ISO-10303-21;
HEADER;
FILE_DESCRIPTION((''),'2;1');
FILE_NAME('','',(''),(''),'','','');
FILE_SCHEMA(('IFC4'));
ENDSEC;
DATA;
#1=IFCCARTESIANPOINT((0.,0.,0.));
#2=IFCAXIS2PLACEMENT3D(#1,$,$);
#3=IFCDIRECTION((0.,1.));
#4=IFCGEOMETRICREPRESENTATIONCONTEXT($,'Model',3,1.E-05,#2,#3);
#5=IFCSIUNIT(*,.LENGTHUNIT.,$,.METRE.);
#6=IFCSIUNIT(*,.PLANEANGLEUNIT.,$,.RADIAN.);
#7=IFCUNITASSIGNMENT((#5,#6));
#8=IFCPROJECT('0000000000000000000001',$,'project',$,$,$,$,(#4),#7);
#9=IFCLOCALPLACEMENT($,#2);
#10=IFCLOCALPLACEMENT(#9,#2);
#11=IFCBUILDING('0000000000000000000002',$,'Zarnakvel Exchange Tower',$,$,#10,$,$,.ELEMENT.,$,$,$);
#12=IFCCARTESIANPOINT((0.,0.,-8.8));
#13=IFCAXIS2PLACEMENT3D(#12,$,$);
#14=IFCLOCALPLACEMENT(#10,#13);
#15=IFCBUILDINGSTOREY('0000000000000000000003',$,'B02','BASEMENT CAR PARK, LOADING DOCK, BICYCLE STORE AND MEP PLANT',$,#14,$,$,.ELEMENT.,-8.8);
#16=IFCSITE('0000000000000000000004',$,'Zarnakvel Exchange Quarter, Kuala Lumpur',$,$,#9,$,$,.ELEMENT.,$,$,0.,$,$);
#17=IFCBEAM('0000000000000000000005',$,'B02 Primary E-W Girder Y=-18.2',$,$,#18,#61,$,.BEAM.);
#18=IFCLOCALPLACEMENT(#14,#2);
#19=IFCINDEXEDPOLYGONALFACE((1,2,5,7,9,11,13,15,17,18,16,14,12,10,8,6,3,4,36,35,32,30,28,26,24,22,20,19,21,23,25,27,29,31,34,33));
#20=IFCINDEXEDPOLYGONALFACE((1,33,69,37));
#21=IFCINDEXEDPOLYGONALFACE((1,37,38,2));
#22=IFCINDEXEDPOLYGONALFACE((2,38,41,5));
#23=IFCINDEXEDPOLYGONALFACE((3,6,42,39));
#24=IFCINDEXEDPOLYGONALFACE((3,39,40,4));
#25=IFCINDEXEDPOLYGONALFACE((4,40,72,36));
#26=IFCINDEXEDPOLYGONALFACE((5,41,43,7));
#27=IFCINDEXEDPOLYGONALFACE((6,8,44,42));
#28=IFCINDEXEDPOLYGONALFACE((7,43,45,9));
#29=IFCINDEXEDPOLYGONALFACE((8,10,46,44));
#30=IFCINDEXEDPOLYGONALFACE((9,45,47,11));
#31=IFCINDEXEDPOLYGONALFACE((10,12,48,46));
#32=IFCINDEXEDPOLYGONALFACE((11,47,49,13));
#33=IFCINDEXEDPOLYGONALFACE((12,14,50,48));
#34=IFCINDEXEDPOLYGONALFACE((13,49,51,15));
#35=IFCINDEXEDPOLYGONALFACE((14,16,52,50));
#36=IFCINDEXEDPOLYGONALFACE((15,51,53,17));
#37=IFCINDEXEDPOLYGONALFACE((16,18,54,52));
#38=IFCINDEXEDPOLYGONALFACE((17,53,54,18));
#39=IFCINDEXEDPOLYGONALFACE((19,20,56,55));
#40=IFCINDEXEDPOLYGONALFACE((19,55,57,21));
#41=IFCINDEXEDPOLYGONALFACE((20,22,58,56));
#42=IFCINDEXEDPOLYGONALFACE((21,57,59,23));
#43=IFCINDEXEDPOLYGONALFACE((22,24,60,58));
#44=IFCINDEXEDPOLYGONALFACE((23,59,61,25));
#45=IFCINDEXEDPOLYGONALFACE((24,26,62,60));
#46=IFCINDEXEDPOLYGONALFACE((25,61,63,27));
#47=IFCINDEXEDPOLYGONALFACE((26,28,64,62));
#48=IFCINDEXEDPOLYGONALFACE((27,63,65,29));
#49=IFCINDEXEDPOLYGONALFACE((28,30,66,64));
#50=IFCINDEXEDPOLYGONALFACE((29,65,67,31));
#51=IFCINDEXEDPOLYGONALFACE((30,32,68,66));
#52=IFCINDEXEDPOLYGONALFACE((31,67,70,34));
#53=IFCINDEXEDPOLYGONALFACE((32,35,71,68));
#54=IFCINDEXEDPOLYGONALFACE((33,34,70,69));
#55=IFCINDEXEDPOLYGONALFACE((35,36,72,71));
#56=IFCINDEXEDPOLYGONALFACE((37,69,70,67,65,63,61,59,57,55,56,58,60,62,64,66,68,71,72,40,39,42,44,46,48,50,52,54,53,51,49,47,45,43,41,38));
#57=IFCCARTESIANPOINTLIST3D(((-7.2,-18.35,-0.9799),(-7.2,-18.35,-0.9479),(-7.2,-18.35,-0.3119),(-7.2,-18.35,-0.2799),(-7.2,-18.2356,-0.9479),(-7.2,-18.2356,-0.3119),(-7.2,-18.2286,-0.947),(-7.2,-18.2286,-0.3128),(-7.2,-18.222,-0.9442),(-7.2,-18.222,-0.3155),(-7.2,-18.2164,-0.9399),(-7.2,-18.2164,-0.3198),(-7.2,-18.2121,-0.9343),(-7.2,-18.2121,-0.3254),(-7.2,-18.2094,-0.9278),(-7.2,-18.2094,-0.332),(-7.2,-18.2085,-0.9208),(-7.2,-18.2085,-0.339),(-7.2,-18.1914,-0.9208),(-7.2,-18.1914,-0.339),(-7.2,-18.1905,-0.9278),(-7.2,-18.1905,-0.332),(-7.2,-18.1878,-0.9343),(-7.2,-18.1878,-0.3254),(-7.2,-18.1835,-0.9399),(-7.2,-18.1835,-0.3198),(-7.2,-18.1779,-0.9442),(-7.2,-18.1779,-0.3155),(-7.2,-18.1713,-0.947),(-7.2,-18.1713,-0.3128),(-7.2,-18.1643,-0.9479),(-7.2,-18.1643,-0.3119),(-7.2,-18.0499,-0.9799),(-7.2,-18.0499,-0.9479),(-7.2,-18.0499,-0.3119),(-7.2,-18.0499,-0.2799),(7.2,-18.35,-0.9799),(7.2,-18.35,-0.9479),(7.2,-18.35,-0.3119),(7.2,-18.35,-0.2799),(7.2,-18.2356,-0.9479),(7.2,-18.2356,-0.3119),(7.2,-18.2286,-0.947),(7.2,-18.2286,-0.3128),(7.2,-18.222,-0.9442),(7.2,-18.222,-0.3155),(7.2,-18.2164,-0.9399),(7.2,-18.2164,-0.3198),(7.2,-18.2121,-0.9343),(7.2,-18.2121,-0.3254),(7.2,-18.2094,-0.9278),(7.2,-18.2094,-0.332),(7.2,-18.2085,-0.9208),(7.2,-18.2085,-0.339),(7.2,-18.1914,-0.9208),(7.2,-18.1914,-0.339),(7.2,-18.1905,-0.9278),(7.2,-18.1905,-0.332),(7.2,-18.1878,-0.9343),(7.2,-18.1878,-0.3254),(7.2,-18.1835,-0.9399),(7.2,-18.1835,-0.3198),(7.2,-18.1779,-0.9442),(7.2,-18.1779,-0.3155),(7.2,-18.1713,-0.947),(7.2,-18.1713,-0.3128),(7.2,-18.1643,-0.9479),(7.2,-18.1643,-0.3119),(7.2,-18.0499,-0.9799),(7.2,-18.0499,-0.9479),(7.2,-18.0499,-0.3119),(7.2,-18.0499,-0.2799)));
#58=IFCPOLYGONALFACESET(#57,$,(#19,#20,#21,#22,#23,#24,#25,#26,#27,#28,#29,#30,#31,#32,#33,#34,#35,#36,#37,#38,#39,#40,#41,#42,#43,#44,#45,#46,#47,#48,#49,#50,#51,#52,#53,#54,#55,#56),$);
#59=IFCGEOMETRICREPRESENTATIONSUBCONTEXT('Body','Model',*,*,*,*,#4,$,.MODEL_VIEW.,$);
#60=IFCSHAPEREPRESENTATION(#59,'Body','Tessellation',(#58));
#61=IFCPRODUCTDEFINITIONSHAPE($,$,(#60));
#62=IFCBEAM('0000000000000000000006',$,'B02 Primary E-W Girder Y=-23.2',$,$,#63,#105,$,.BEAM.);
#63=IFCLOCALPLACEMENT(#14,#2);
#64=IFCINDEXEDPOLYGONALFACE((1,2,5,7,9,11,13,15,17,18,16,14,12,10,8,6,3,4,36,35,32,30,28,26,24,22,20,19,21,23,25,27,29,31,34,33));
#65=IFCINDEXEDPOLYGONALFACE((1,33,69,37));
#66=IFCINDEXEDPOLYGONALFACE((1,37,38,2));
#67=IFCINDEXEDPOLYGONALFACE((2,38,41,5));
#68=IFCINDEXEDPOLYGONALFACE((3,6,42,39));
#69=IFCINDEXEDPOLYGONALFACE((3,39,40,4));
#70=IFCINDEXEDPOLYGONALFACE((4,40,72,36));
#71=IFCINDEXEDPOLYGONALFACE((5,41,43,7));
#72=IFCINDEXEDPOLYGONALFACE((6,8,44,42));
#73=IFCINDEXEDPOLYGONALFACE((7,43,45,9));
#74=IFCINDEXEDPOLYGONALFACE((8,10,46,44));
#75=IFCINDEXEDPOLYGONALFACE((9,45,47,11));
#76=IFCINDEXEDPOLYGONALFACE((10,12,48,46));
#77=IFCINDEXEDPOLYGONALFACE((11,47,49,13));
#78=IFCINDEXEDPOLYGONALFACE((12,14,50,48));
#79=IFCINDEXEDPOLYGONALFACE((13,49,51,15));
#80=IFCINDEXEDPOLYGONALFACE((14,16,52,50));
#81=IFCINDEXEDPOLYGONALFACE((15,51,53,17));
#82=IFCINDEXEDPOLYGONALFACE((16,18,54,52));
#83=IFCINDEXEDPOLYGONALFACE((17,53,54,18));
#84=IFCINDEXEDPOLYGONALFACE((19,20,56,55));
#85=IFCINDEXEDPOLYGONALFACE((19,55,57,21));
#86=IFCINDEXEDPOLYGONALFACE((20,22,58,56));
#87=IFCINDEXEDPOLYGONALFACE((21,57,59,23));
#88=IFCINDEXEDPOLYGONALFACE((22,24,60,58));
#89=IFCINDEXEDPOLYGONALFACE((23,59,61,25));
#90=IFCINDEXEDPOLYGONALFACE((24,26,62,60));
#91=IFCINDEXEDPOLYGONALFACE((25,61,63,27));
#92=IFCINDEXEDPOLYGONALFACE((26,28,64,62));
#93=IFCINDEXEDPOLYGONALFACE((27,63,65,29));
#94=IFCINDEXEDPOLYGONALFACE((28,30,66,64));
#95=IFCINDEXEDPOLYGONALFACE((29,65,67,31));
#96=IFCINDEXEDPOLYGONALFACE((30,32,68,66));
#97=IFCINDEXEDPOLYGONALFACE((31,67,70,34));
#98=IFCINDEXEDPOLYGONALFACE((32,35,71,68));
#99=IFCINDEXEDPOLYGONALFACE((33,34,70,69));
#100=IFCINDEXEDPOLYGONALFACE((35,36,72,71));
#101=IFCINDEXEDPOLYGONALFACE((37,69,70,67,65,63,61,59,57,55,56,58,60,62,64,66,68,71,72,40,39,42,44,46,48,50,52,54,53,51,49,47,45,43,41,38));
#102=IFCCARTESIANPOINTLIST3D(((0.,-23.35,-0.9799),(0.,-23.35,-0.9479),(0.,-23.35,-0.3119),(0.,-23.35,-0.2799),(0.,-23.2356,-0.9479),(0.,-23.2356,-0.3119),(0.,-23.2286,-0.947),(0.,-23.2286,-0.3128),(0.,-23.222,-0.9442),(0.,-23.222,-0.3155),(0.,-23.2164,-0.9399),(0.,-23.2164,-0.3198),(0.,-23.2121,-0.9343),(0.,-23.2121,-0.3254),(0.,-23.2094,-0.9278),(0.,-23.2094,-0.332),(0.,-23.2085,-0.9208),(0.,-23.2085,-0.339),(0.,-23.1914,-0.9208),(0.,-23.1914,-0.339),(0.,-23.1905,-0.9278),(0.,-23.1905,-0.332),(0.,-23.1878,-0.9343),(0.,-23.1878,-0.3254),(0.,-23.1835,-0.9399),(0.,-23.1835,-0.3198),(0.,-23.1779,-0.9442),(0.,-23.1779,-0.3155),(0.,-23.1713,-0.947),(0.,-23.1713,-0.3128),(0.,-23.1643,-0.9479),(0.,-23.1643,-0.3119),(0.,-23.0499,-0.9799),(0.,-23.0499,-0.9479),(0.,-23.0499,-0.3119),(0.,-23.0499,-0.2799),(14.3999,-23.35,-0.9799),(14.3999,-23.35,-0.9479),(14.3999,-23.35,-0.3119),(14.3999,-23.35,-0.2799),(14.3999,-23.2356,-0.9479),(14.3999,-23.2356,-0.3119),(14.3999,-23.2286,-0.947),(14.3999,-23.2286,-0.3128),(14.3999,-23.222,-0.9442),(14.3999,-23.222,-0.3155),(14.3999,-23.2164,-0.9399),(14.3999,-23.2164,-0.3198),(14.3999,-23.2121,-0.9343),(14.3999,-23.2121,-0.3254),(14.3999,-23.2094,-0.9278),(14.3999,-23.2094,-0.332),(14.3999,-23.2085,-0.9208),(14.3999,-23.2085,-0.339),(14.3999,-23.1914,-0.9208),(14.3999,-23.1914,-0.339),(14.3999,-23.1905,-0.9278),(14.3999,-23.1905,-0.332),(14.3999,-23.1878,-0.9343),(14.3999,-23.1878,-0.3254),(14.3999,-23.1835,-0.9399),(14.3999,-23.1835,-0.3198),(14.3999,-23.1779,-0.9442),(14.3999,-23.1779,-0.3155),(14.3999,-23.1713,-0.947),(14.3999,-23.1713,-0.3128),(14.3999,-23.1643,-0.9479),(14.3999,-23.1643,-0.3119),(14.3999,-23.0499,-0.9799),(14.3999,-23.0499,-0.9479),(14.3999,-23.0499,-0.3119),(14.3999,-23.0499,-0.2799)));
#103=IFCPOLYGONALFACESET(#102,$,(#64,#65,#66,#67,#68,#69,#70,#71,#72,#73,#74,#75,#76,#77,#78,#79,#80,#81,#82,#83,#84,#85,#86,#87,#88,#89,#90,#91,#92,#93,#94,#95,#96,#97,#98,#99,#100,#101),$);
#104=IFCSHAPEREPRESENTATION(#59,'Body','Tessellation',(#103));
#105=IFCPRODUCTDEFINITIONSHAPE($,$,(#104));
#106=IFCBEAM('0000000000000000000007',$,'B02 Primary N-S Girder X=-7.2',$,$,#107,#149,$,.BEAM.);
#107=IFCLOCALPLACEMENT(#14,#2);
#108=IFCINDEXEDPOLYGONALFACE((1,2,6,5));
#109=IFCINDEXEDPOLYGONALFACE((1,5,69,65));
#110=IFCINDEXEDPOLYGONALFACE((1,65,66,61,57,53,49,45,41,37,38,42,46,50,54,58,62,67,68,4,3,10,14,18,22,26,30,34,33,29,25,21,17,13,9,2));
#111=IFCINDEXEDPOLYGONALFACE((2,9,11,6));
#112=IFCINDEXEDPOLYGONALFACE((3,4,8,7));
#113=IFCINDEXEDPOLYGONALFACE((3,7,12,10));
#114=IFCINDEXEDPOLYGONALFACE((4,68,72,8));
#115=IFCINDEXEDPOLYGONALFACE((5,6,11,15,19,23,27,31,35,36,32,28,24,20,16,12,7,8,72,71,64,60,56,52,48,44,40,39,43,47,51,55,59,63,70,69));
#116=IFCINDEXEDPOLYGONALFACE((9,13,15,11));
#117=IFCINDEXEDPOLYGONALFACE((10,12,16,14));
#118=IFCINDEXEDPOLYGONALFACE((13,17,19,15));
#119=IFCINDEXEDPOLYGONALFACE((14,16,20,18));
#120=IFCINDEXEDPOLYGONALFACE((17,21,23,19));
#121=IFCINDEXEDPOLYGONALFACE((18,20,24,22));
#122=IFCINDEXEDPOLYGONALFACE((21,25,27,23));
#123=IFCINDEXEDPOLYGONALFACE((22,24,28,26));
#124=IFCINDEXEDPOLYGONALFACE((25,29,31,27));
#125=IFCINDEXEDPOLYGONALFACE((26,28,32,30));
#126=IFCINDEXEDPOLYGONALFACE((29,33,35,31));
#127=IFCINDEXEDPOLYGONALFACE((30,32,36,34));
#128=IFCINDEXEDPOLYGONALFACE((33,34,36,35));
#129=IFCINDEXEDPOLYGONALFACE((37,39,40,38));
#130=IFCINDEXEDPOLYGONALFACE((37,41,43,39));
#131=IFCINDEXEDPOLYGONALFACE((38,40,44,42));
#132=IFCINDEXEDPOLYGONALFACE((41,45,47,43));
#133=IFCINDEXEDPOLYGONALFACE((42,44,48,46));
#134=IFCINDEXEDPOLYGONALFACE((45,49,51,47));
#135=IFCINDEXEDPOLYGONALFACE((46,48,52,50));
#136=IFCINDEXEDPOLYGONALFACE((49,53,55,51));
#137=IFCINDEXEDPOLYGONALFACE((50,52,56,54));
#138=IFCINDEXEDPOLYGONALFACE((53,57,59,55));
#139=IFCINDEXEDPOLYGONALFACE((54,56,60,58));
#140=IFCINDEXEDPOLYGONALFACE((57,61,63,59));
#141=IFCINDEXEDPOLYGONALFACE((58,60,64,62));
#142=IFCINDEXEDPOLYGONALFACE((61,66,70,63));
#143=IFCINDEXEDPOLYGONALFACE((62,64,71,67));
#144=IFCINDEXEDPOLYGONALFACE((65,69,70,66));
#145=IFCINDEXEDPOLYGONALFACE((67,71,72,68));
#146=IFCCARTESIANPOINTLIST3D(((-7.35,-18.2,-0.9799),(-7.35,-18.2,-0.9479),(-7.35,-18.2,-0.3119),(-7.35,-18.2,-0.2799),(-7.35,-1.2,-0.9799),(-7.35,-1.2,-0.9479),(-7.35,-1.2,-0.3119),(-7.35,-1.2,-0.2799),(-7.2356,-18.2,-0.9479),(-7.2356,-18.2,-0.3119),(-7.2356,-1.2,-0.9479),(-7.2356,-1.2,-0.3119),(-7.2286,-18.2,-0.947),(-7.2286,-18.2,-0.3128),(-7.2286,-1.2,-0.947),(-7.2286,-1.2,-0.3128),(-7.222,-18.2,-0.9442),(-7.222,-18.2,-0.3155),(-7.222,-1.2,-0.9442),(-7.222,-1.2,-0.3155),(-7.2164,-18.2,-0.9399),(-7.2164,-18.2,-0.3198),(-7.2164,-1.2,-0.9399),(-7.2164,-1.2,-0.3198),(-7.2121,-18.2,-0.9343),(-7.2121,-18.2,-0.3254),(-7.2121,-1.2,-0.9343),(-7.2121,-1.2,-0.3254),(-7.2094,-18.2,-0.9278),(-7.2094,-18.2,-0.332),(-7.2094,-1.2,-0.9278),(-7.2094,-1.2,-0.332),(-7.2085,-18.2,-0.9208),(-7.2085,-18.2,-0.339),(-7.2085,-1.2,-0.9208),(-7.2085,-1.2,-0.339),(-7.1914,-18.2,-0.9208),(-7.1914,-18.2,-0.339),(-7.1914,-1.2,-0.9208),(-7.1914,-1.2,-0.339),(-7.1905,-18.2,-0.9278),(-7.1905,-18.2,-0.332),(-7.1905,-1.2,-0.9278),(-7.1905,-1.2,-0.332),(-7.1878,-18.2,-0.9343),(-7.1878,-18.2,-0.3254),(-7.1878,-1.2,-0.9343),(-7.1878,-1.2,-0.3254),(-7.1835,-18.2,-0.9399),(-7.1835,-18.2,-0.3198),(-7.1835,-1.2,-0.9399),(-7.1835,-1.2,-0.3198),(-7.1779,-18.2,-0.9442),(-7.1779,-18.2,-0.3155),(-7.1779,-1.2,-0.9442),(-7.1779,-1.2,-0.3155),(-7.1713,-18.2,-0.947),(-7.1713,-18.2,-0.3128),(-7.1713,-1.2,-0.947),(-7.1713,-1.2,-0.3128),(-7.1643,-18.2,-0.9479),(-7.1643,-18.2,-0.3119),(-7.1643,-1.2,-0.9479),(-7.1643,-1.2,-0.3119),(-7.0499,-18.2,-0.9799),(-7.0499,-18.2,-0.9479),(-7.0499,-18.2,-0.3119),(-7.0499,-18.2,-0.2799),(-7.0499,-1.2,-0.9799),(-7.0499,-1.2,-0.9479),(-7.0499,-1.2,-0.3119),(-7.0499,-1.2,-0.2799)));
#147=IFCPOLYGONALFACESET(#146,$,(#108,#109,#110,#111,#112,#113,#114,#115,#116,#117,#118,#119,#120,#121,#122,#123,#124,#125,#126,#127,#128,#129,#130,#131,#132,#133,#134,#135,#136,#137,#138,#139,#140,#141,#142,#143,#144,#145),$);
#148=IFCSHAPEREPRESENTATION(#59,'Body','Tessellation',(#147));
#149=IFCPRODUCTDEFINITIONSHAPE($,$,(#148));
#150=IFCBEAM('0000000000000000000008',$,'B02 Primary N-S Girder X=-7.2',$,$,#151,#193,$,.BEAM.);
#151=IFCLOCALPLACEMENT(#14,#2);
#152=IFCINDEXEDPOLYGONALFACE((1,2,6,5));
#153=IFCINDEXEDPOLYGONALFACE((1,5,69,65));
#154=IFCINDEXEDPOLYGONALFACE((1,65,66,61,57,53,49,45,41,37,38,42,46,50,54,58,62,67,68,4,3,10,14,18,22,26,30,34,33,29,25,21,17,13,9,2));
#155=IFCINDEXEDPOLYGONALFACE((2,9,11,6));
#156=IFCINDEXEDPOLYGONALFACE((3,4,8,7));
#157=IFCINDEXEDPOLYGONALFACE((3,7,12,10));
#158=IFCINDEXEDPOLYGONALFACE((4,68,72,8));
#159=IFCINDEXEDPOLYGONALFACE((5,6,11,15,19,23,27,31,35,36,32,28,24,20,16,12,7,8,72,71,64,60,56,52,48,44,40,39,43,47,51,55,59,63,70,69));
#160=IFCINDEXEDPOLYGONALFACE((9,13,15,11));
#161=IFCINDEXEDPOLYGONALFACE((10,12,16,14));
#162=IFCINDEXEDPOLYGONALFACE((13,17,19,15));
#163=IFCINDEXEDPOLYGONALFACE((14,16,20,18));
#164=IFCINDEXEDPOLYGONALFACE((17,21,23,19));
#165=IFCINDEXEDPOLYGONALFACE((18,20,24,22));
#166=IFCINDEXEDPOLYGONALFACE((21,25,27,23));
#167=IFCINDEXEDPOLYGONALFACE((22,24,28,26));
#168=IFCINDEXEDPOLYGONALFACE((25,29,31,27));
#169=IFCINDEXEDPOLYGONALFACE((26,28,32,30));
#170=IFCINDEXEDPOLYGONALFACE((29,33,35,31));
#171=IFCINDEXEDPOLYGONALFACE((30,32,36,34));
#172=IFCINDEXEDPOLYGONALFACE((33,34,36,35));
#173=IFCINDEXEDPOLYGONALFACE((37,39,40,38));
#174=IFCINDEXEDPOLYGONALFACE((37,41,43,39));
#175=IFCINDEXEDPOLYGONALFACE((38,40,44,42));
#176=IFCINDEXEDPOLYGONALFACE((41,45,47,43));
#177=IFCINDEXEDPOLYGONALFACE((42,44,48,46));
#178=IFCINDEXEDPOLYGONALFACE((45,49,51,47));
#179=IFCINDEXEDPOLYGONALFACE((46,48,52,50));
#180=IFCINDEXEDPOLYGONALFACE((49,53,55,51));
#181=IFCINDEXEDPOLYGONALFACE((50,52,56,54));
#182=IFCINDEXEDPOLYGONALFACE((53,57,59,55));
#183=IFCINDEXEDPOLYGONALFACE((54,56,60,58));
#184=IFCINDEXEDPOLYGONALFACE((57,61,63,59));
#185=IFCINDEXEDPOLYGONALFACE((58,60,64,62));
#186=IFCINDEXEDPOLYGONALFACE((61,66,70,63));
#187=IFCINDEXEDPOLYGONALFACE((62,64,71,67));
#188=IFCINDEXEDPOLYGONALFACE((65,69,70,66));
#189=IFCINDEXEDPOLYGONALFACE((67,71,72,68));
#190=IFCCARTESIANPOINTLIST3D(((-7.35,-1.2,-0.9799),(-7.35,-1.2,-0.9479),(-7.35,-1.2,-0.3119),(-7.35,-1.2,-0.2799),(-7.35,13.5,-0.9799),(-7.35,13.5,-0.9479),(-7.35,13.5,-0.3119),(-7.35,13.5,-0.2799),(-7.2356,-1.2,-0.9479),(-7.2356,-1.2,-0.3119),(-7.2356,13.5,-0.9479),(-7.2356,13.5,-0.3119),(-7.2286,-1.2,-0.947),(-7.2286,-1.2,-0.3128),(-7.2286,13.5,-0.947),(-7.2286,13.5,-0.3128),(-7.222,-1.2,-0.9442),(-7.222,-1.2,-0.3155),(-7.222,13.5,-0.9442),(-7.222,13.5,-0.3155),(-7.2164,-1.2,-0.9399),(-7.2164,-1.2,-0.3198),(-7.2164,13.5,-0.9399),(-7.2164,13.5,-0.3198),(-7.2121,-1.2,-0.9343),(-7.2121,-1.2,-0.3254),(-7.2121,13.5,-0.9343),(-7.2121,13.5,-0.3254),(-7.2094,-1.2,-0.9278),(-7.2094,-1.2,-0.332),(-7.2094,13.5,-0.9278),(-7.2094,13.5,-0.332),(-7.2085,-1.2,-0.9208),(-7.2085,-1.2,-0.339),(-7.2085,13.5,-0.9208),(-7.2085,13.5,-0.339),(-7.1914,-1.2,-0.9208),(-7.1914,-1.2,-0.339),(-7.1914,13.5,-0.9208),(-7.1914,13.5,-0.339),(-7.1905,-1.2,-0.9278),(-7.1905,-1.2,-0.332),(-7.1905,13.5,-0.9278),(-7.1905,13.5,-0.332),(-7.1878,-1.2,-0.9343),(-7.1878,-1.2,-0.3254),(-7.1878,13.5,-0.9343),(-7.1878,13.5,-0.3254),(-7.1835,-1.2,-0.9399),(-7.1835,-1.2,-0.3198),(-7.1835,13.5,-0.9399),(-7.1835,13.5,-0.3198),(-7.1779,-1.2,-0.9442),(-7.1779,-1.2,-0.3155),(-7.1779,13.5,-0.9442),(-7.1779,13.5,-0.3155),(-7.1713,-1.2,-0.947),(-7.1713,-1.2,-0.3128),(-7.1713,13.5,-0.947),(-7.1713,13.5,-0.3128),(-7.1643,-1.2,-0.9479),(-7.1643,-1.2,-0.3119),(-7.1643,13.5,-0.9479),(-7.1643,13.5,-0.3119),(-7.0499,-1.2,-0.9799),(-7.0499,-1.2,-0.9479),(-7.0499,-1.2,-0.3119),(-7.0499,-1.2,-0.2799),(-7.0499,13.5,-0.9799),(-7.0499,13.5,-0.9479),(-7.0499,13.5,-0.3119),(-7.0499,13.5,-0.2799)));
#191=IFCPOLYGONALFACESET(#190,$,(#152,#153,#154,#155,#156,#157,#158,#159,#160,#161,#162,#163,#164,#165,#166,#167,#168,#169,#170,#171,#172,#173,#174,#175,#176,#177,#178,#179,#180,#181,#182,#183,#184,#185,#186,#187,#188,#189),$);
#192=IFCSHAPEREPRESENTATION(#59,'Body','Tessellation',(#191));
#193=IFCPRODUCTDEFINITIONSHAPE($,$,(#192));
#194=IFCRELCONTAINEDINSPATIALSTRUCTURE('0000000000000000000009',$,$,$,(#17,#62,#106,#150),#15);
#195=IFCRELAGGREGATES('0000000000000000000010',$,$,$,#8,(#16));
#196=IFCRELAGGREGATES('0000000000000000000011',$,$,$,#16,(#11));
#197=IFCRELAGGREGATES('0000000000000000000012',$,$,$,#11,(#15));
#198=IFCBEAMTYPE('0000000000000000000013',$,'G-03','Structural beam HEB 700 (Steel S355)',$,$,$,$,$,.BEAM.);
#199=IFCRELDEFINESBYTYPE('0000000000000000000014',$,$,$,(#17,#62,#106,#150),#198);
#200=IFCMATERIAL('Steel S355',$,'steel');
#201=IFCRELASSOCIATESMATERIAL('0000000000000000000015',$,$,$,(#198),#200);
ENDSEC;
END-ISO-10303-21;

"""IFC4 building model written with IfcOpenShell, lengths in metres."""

from ifc_helpers import new_model, si_unit, direction, frame, origin, origin_2d, place, context, subcontext, project, spatial, i_section, extrude, material, material_profile, profile_set, type_object, element, save


model = new_model("IFC4")

# Units and contexts
model_context = context("Model", 3, precision=1e-05, world=origin(), true_north=direction((0.0, 1.0)))
body_context = subcontext(model_context, "Body", "Model", "MODEL_VIEW")
ifc_project = project(units=[si_unit("LENGTHUNIT", "METRE"), si_unit("PLANEANGLEUNIT", "RADIAN")], contexts=[model_context])

# Site, building, storey
site_placement = place(None, origin())
site = spatial("IfcSite", under=ifc_project, at=site_placement, Name="Zarnakvel Exchange Quarter, Kuala Lumpur", CompositionType="ELEMENT", RefElevation=0.0)
building_placement = place(site_placement, origin())
building = spatial("IfcBuilding", under=site, at=building_placement, Name="Zarnakvel Exchange Tower", CompositionType="ELEMENT")
storey_placement = place(building_placement, frame((0.0, 0.0, -8.8)))
storey = spatial("IfcBuildingStorey", under=building, at=storey_placement, Name="B02", Description="BASEMENT CAR PARK, LOADING DOCK, BICYCLE STORE AND MEP PLANT", CompositionType="ELEMENT", Elevation=-8.8)

# Beams
ifc_material_1 = material(Name="Steel S355", Category="steel")
ifc_material_profile_1 = material_profile(ifc_material_1, i_section(OverallWidth=0.3, OverallDepth=0.7, WebThickness=0.0171, FlangeThickness=0.032, FilletRadius=0.0271, at=origin_2d()))
ifc_profile_set_1 = profile_set([ifc_material_profile_1], Name="Steel S355")
beam_type_1 = type_object("IfcBeamType", Name="G-03", Description="Structural beam HEB 700 (Steel S355)", PredefinedType="BEAM", material=ifc_profile_set_1)
for number, where, z_axis, x_axis, name in (
    (1, (-7.2, -18.2, -0.6299), (1.0, 0.0, 0.0), (0.0, 1.0, 0.0), "B02 Primary E-W Girder Y=-18.2"),
    (2, (0.0, -23.2, -0.6299), (1.0, 0.0, 0.0), (0.0, 1.0, 0.0), "B02 Primary E-W Girder Y=-23.2"),
):
    element("IfcBeam", number, at=place(storey_placement, frame(where, z_axis=z_axis, x_axis=x_axis)), inside=storey, type_object=beam_type_1, Name=name, PredefinedType="BEAM", context=body_context, shape_type="SweptSolid", body=[
        extrude(i_section(OverallWidth=0.3, OverallDepth=0.7, WebThickness=0.0171, FlangeThickness=0.032, FilletRadius=0.0271, at=origin_2d()), origin(), (0.0, 0.0, 1.0), 14.3999),
    ])
beam_1_placement = place(storey_placement, frame((-7.2, -18.2, -0.6299), z_axis=(0.0, 1.0, 0.0), x_axis=(-1.0, 0.0, 0.0)))
element("IfcBeam", 3, at=beam_1_placement, inside=storey, type_object=beam_type_1, Name="B02 Primary N-S Girder X=-7.2", PredefinedType="BEAM", context=body_context, shape_type="SweptSolid", body=[
    extrude(i_section(OverallWidth=0.3, OverallDepth=0.7, WebThickness=0.0171, FlangeThickness=0.032, FilletRadius=0.0271, at=origin_2d()), origin(), (0.0, 0.0, 1.0), 17.0),
])
beam_2_placement = place(storey_placement, frame((-7.2, -1.2, -0.6299), z_axis=(0.0, 1.0, 0.0), x_axis=(-1.0, 0.0, 0.0)))
element("IfcBeam", 4, at=beam_2_placement, inside=storey, type_object=beam_type_1, Name="B02 Primary N-S Girder X=-7.2", PredefinedType="BEAM", context=body_context, shape_type="SweptSolid", body=[
    extrude(i_section(OverallWidth=0.3, OverallDepth=0.7, WebThickness=0.0171, FlangeThickness=0.032, FilletRadius=0.0271, at=origin_2d()), origin(), (0.0, 0.0, 1.0), 14.7),
])

save(model, "model.ifc")
